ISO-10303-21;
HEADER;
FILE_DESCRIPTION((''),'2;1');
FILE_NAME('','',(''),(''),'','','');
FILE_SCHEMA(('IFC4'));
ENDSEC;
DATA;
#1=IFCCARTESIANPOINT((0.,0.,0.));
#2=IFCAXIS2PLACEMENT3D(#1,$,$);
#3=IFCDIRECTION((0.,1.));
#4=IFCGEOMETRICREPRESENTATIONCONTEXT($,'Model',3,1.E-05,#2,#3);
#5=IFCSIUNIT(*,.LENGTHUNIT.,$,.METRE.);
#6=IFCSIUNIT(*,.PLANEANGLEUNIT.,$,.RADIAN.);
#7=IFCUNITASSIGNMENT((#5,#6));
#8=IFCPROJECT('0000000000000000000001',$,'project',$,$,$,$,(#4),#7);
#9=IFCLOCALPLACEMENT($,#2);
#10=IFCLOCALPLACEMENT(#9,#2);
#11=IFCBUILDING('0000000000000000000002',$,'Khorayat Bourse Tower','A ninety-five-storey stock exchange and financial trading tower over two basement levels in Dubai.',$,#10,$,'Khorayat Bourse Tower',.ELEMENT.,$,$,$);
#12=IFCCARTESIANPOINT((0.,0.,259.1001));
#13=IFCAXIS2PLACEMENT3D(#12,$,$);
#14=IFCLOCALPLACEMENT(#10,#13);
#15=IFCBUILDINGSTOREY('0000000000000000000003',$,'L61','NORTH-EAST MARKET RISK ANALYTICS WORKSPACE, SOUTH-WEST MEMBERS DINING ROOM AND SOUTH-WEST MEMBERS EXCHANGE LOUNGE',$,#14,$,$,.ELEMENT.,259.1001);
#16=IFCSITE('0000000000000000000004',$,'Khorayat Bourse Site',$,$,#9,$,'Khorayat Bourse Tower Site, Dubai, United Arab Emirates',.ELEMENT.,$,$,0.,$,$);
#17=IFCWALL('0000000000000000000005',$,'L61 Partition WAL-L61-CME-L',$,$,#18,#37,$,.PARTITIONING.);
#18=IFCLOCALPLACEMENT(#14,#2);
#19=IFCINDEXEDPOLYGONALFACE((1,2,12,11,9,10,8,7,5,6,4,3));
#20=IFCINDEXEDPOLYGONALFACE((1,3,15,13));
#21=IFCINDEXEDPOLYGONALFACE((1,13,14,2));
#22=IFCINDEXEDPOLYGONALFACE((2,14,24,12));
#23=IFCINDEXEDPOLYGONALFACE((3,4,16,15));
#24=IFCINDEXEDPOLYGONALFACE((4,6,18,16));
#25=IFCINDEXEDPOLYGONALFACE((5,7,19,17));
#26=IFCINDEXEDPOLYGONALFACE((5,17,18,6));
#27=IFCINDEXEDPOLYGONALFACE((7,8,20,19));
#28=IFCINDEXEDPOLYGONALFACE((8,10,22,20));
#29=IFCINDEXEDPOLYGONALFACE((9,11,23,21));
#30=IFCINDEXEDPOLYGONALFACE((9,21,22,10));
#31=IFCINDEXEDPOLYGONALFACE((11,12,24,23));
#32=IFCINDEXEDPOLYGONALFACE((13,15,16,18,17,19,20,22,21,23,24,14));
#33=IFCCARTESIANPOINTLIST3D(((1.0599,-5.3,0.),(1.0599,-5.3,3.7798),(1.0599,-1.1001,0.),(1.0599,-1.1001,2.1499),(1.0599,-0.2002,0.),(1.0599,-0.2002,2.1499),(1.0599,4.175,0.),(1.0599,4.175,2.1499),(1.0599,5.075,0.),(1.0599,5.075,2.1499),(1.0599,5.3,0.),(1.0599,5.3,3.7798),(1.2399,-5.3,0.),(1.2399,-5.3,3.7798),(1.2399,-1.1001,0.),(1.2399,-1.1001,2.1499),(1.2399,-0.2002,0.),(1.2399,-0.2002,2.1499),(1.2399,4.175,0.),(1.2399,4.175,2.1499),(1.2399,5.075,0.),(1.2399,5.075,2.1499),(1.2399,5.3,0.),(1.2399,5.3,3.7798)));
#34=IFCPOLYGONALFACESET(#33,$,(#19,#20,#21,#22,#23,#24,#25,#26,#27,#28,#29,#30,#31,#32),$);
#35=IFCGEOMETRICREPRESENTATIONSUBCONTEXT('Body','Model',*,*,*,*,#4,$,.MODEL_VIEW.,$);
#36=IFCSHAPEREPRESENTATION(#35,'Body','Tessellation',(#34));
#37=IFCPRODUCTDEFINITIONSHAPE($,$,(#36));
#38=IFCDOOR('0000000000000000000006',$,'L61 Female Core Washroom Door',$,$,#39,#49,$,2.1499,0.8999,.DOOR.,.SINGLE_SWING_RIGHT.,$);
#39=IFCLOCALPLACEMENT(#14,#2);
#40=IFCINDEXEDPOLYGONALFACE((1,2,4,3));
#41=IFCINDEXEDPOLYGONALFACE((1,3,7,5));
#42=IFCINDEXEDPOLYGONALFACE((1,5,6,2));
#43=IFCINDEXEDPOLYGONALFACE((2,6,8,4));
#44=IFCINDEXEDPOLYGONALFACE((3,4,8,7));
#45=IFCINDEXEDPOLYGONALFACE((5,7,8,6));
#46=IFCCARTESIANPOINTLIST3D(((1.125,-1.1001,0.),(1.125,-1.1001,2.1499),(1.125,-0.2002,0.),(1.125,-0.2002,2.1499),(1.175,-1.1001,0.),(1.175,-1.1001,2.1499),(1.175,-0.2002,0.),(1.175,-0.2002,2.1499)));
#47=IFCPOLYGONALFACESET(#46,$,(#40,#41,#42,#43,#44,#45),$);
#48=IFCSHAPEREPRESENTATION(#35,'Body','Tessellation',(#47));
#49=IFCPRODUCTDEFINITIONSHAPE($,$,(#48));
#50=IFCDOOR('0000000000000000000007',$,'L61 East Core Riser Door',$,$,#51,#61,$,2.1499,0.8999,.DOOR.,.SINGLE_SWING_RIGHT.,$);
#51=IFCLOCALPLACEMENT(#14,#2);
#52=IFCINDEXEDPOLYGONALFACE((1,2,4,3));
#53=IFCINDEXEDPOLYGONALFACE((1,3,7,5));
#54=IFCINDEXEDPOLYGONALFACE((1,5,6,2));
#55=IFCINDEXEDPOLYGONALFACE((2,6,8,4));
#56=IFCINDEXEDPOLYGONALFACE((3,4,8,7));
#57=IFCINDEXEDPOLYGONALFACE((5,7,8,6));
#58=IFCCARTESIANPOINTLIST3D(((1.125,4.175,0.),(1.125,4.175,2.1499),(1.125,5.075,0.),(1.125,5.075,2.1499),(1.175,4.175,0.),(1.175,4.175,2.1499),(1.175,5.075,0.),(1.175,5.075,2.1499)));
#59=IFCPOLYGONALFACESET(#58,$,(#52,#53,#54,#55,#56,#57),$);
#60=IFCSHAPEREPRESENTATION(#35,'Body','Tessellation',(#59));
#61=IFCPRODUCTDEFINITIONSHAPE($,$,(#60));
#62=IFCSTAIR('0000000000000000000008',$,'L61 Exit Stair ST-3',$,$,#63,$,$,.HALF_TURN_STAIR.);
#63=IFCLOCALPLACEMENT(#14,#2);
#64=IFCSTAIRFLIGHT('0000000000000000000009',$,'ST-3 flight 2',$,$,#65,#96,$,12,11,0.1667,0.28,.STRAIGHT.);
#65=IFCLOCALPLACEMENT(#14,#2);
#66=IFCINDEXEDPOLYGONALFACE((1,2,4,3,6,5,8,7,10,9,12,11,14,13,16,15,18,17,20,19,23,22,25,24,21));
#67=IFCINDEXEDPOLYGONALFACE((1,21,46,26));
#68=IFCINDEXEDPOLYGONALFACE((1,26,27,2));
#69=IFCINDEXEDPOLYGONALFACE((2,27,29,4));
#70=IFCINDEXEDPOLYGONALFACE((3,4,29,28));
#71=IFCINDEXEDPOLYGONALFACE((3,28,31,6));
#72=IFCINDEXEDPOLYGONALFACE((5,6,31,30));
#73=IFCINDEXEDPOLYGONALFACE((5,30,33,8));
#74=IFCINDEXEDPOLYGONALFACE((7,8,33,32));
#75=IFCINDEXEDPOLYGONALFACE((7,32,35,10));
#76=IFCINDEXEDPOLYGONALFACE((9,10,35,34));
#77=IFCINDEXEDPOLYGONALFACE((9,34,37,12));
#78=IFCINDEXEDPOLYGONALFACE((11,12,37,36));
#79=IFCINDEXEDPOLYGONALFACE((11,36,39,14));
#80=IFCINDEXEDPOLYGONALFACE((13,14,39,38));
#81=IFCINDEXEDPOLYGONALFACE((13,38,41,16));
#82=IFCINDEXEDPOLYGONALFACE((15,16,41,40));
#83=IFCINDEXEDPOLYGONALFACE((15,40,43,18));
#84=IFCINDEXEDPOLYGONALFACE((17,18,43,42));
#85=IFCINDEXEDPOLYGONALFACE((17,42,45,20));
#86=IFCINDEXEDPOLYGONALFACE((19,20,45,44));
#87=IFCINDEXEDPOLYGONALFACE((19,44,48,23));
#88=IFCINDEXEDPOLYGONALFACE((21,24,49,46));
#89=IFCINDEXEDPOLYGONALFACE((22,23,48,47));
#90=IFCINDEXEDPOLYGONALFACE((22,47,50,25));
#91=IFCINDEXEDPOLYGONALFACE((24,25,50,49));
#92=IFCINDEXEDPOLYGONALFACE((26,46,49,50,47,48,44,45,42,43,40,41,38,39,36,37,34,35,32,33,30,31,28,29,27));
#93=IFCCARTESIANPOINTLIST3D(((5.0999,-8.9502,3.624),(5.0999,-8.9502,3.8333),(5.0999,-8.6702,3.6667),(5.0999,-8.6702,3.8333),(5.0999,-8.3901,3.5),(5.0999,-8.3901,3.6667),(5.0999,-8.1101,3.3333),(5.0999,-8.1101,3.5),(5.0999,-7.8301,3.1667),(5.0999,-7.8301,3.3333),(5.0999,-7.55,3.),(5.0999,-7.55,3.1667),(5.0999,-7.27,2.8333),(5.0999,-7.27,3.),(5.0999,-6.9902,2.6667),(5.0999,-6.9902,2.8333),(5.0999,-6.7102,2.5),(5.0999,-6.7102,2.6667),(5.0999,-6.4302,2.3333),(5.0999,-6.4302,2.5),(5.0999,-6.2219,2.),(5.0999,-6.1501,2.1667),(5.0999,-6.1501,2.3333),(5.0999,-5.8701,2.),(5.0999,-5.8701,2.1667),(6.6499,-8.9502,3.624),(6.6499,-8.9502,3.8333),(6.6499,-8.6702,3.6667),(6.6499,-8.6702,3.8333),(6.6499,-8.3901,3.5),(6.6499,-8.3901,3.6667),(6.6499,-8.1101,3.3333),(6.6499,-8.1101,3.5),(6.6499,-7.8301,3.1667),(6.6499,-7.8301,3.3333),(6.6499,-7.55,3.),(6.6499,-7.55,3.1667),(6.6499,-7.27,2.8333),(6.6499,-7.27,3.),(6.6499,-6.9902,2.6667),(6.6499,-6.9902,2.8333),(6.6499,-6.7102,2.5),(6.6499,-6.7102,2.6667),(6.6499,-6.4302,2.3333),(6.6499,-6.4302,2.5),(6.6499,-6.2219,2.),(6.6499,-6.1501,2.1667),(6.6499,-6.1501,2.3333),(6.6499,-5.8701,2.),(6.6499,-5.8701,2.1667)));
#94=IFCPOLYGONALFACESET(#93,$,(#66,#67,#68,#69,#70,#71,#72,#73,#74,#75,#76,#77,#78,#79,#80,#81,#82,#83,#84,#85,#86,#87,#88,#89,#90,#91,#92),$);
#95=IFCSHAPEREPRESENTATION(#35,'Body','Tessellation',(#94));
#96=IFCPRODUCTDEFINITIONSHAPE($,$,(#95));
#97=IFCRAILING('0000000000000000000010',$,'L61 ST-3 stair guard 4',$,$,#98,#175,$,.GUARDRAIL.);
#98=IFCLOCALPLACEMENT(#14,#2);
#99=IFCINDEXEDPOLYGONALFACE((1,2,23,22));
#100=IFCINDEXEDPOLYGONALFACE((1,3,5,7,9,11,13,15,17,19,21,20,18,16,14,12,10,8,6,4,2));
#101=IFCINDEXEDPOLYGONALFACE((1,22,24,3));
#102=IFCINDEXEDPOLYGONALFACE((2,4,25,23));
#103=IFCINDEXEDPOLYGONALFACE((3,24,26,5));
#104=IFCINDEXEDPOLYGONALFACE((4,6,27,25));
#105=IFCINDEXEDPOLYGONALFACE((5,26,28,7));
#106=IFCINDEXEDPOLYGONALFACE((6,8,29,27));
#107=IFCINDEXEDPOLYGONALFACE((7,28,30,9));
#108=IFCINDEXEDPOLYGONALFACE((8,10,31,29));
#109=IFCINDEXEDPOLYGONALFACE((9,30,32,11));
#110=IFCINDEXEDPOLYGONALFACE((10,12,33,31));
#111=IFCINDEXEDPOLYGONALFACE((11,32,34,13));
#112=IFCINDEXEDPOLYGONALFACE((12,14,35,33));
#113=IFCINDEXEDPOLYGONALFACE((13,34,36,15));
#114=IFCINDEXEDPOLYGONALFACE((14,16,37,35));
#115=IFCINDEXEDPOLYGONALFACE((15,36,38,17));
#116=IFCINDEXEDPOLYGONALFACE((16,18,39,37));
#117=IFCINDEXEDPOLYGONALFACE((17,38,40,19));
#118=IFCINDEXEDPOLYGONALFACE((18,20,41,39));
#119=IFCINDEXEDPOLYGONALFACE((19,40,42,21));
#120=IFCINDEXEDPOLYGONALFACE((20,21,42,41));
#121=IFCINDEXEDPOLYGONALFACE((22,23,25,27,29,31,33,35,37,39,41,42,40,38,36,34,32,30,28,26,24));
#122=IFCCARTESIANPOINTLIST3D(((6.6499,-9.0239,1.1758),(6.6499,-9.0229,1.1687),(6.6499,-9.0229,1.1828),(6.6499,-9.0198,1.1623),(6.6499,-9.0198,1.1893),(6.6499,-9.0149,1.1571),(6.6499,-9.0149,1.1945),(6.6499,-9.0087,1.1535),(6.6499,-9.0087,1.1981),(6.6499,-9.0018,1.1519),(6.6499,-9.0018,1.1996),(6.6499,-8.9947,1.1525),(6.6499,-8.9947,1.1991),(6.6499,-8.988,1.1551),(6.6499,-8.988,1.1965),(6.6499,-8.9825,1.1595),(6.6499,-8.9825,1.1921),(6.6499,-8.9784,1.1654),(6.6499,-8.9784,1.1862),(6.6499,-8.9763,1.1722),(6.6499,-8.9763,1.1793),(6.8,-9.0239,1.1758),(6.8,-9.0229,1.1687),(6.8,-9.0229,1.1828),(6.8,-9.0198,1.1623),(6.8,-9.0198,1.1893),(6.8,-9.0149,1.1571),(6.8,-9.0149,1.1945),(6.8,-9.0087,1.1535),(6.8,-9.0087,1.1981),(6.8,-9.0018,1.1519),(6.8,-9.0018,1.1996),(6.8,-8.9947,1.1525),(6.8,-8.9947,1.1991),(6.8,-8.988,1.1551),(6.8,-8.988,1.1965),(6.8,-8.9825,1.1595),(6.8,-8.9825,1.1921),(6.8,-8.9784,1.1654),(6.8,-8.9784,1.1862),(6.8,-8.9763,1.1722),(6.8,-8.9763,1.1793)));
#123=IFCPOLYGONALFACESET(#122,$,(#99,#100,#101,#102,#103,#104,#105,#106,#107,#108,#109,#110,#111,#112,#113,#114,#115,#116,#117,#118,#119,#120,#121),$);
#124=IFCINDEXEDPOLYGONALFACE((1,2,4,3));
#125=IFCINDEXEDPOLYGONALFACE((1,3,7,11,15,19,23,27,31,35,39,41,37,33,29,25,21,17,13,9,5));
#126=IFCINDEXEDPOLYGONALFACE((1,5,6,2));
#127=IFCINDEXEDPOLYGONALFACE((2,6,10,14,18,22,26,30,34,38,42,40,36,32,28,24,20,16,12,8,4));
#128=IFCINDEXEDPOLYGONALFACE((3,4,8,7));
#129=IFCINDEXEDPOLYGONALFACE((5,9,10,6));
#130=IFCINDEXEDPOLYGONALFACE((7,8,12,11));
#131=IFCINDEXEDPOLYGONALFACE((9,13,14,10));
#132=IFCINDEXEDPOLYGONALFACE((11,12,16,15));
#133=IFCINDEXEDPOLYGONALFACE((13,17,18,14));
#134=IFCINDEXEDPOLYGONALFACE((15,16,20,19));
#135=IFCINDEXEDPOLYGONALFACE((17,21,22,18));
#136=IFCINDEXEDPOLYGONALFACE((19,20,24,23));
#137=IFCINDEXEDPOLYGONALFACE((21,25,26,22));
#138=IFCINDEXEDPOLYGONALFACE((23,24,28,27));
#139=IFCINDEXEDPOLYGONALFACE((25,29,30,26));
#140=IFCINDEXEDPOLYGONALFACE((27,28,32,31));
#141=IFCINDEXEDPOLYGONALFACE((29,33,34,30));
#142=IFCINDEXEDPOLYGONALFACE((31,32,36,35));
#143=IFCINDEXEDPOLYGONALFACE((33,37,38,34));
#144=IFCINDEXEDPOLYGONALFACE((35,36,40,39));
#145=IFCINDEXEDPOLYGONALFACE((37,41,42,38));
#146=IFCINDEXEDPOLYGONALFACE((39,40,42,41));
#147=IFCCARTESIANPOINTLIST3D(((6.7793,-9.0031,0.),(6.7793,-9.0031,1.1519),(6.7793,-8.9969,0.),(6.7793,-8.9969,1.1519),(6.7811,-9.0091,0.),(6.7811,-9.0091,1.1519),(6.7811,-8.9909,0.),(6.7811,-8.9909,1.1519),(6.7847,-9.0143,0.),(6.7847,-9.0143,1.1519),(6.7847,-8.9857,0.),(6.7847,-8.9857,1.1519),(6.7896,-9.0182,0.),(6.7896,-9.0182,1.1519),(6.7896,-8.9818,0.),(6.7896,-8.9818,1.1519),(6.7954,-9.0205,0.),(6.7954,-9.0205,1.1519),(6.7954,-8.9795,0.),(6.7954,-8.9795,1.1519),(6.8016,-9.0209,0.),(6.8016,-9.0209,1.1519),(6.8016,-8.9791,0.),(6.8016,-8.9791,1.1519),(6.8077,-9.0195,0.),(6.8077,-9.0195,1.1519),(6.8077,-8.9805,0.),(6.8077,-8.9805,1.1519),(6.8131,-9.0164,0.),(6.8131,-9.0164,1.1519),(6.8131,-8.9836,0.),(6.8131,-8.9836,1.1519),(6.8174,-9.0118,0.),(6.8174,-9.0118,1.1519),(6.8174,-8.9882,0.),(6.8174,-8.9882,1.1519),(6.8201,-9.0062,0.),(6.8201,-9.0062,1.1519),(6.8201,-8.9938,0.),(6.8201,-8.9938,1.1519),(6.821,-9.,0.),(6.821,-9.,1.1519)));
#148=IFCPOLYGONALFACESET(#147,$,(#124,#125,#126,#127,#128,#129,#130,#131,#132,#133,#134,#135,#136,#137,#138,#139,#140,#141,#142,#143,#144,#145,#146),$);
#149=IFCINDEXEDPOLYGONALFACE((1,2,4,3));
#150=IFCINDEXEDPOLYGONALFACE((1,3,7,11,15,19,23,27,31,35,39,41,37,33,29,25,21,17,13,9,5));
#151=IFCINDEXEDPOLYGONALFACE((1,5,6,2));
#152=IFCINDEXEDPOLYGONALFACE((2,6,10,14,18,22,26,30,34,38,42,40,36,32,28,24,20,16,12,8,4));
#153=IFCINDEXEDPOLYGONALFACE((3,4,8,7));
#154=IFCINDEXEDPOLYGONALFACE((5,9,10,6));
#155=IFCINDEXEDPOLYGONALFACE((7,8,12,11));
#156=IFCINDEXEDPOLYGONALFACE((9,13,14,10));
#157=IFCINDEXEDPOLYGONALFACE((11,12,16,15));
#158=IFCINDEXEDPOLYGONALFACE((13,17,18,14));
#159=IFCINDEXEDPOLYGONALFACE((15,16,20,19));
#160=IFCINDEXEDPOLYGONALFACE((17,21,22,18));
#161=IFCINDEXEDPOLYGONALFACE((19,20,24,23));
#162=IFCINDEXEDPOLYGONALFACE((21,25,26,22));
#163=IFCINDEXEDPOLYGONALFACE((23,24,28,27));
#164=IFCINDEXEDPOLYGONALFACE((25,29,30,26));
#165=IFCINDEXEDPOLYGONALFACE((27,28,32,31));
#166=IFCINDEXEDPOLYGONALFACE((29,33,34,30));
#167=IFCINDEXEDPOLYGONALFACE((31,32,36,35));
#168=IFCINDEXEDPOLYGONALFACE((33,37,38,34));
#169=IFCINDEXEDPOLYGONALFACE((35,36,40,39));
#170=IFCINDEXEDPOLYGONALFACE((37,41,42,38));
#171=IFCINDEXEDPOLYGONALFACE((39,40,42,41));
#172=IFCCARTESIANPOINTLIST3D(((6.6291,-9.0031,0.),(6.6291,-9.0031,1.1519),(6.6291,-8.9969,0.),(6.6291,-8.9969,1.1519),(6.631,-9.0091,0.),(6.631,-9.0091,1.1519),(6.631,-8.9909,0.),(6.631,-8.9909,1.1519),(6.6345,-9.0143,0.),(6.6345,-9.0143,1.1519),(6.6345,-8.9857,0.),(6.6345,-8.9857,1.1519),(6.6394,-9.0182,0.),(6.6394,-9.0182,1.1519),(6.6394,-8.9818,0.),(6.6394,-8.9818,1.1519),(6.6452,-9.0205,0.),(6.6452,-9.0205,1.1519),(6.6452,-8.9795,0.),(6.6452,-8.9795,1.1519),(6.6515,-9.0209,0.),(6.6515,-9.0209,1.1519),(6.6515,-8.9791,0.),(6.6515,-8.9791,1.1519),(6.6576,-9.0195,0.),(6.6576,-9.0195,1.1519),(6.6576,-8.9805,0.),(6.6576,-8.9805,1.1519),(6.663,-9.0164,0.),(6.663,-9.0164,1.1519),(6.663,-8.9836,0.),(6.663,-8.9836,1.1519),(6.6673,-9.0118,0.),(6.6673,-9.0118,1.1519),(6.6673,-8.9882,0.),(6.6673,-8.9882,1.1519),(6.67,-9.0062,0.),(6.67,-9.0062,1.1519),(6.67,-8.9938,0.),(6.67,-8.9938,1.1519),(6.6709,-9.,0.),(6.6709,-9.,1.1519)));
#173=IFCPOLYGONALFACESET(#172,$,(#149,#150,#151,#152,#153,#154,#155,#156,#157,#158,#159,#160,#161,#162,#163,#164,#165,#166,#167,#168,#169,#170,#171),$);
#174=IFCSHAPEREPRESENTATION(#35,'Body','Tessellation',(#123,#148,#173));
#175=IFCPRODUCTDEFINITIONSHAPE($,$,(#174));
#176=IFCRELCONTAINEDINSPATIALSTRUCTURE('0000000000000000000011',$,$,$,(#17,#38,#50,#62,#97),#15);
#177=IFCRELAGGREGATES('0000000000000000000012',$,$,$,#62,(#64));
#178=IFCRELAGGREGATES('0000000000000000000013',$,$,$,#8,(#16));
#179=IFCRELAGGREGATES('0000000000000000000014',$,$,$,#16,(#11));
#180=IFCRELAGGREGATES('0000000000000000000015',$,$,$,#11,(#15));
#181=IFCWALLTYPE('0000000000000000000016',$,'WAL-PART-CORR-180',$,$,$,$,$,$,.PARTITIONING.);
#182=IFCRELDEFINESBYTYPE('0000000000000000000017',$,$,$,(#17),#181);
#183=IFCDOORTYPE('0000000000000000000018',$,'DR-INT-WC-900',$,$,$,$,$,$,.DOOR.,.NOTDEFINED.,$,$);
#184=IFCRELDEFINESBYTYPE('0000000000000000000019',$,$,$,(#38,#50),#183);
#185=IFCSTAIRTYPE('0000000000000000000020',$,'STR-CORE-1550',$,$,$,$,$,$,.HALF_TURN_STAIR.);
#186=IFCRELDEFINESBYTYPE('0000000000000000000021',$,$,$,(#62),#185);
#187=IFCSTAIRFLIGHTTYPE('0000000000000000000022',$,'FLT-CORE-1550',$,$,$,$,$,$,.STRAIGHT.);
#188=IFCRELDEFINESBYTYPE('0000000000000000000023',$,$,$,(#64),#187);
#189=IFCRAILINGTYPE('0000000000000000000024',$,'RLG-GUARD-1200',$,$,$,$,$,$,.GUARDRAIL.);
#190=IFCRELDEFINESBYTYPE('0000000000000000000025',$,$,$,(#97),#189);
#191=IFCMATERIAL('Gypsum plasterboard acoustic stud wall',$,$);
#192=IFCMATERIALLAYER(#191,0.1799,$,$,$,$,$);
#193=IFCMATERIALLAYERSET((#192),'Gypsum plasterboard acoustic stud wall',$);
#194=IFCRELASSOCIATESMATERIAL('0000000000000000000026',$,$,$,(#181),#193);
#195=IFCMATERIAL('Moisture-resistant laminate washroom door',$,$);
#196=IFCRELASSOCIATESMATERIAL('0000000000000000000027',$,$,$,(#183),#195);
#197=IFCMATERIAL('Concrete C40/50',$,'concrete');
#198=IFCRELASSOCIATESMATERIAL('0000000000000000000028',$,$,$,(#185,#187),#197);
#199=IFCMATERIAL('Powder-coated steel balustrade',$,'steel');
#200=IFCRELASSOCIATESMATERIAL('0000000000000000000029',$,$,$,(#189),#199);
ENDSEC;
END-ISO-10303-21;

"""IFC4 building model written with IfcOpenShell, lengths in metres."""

from ifc_helpers import new_model, si_unit, direction, frame, frame_2d, origin, origin_2d, place, context, subcontext, project, spatial, polyline, rectangle, circle, outline, extrude, source, transform, mapped, material, layer, layer_set, type_object, element, fill, aggregate, save


model = new_model("IFC4")

# Units and contexts
model_context = context("Model", 3, precision=1e-05, world=origin(), true_north=direction((0.0, 1.0)))
body_context = subcontext(model_context, "Body", "Model", "MODEL_VIEW")
ifc_project = project(units=[si_unit("LENGTHUNIT", "METRE"), si_unit("PLANEANGLEUNIT", "RADIAN")], contexts=[model_context])

# Site, building, storey
site_placement = place(None, origin())
site = spatial("IfcSite", under=ifc_project, at=site_placement, Name="Khorayat Bourse Site", LongName="Khorayat Bourse Tower Site, Dubai, United Arab Emirates", CompositionType="ELEMENT", RefElevation=0.0)
building_placement = place(site_placement, origin())
building = spatial("IfcBuilding", under=site, at=building_placement, Name="Khorayat Bourse Tower", Description="A ninety-five-storey stock exchange and financial trading tower over two basement levels in Dubai.", LongName="Khorayat Bourse Tower", CompositionType="ELEMENT")
storey_placement = place(building_placement, frame((0.0, 0.0, 259.1001)))
storey = spatial("IfcBuildingStorey", under=building, at=storey_placement, Name="L61", Description="NORTH-EAST MARKET RISK ANALYTICS WORKSPACE, SOUTH-WEST MEMBERS DINING ROOM AND SOUTH-WEST MEMBERS EXCHANGE LOUNGE", CompositionType="ELEMENT", Elevation=259.1001)

# Shared definitions
ifc_material_1 = material(Name="Gypsum plasterboard acoustic stud wall")
ifc_layer_1 = layer(ifc_material_1, 0.1799)
ifc_layer_set_1 = layer_set([ifc_layer_1], Name="Gypsum plasterboard acoustic stud wall")
wall_type_1 = type_object("IfcWallType", Name="WAL-PART-CORR-180", PredefinedType="PARTITIONING", material=ifc_layer_set_1)
shared_shape_1 = source(origin(), body_context, "Body", "SweptSolid", [
    extrude(rectangle(XDim=0.8999, YDim=2.1499, at=frame_2d((0.45, 1.075))), frame((0.0, 0.0999, 0.0), z_axis=(0.0, -1.0, 0.0), x_axis=(1.0, 0.0, 0.0)), (0.0, 0.0, 1.0), 0.2),
])
ifc_material_2 = material(Name="Moisture-resistant laminate washroom door")
door_type = type_object("IfcDoorType", Name="DR-INT-WC-900", OperationType="NOTDEFINED", PredefinedType="DOOR", material=ifc_material_2)
shared_shape_2 = source(origin(), body_context, "Body", "SweptSolid", [
    extrude(rectangle(XDim=0.8999, YDim=2.1499, at=frame_2d((0.45, 1.075))), frame((0.0, 0.0249, 0.0), z_axis=(0.0, -1.0, 0.0), x_axis=(1.0, 0.0, 0.0)), (0.0, 0.0, 1.0), 0.05),
])

# Wall, openings, doors
shared_shape_3 = source(origin(), body_context, "Body", "SweptSolid", [
    extrude(rectangle(XDim=10.6001, YDim=0.1799, at=frame_2d((5.3, 0.0))), origin(), (0.0, 0.0, 1.0), 3.7798),
])
wall_1_placement = place(storey_placement, frame((1.1499, -5.3, 0.0), z_axis=(0.0, 0.0, 1.0), x_axis=(0.0, 1.0, 0.0)))
wall_1 = element("IfcWall", 1, at=wall_1_placement, inside=storey, type_object=wall_type_1, Name="L61 Partition WAL-L61-CME-L", PredefinedType="PARTITIONING", context=body_context, shape_type="MappedRepresentation", body=[
    mapped(shared_shape_3, transform((0.0, 0.0, 0.0), scale=1.0)),
])
opening_1_placement = place(wall_1_placement, frame((4.2, 0.0, 0.0)))
opening_1 = element("IfcOpeningElement", 2, at=opening_1_placement, cuts=wall_1, PredefinedType="OPENING", context=body_context, shape_type="MappedRepresentation", body=[
    mapped(shared_shape_1, transform((0.0, 0.0, 0.0), scale=1.0)),
])
opening_2_placement = place(wall_1_placement, frame((9.4751, 0.0, 0.0)))
opening_2 = element("IfcOpeningElement", 3, at=opening_2_placement, cuts=wall_1, PredefinedType="OPENING", context=body_context, shape_type="MappedRepresentation", body=[
    mapped(shared_shape_1, transform((0.0, 0.0, 0.0), scale=1.0)),
])
door_1_placement = place(opening_1_placement, origin())
door_1 = element("IfcDoor", 4, at=door_1_placement, inside=storey, type_object=door_type, Name="L61 Female Core Washroom Door", OperationType="SINGLE_SWING_RIGHT", OverallHeight=2.1499, OverallWidth=0.8999, PredefinedType="DOOR", context=body_context, shape_type="MappedRepresentation", body=[
    mapped(shared_shape_2, transform((0.0, 0.0, 0.0), scale=1.0)),
])
fill(opening_1, door_1)
door_2_placement = place(opening_2_placement, origin())
door_2 = element("IfcDoor", 5, at=door_2_placement, inside=storey, type_object=door_type, Name="L61 East Core Riser Door", OperationType="SINGLE_SWING_RIGHT", OverallHeight=2.1499, OverallWidth=0.8999, PredefinedType="DOOR", context=body_context, shape_type="MappedRepresentation", body=[
    mapped(shared_shape_2, transform((0.0, 0.0, 0.0), scale=1.0)),
])
fill(opening_2, door_2)

# Stair, stair flight
ifc_material_3 = material(Name="Concrete C40/50", Category="concrete")
stair_type = type_object("IfcStairType", Name="STR-CORE-1550", PredefinedType="HALF_TURN_STAIR", material=ifc_material_3)
stair_placement = place(storey_placement, origin())
stair = element("IfcStair", 6, at=stair_placement, inside=storey, type_object=stair_type, Name="L61 Exit Stair ST-3", PredefinedType="HALF_TURN_STAIR")
stair_flight_type = type_object("IfcStairFlightType", Name="FLT-CORE-1550", PredefinedType="STRAIGHT", material=ifc_material_3)
shared_shape_4 = source(origin(), body_context, "Body", "SweptSolid", [
    extrude(outline(polyline([(0.0, 0.0), (0.0, 0.1667), (0.28, 0.1667), (0.28, 0.3333), (0.5601, 0.3333), (0.5601, 0.5), (0.8401, 0.5), (0.8401, 0.6667), (1.1201, 0.6667), (1.1201, 0.8333), (1.3999, 0.8333), (1.3999, 1.0), (1.6799, 1.0), (1.6799, 1.1667), (1.96, 1.1667), (1.96, 1.3333), (2.24, 1.3333), (2.24, 1.5), (2.52, 1.5), (2.52, 1.6667), (2.8, 1.6667), (2.8, 1.8333), (3.0801, 1.8333), (3.0801, 2.0), (3.0801, 1.624), (0.3518, 0.0), (0.0, 0.0)])), frame((0.0, 0.7749, 0.0), z_axis=(0.0, -1.0, 0.0), x_axis=(1.0, 0.0, 0.0)), (0.0, 0.0, 1.0), 1.55),
])
stair_flight_placement = place(storey_placement, frame((5.875, -5.8701, 2.0), z_axis=(0.0, 0.0, 1.0), x_axis=(0.0, -1.0, 0.0)))
stair_flight = element("IfcStairFlight", 7, at=stair_flight_placement, type_object=stair_flight_type, Name="ST-3 flight 2", NumberOfRisers=12, NumberOfTreads=11, PredefinedType="STRAIGHT", RiserHeight=0.1667, TreadLength=0.28, context=body_context, shape_type="MappedRepresentation", body=[
    mapped(shared_shape_4, transform((0.0, 0.0, 0.0), scale=1.0)),
])
aggregate(stair, [stair_flight])

# Railing
ifc_material_4 = material(Name="Powder-coated steel balustrade", Category="steel")
railing_type_1 = type_object("IfcRailingType", Name="RLG-GUARD-1200", PredefinedType="GUARDRAIL", material=ifc_material_4)
shared_shape_5 = source(origin(), body_context, "Body", "SweptSolid", [
    extrude(circle(Radius=0.0239, at=origin_2d()), frame((0.0, 0.0, 1.1758), z_axis=(-1.0, 0.0, 0.0), x_axis=(0.0, -1.0, 0.0)), (0.0, 0.0, 1.0), 0.1501),
    extrude(circle(Radius=0.021, at=origin_2d()), origin(), (0.0, 0.0, 1.0), 1.1519),
    extrude(circle(Radius=0.021, at=origin_2d()), frame((-0.1501, 0.0, 0.0)), (0.0, 0.0, 1.0), 1.1519),
])
railing_1_placement = place(storey_placement, frame((6.8, -9.0, 0.0)))
element("IfcRailing", 8, at=railing_1_placement, inside=storey, type_object=railing_type_1, Name="L61 ST-3 stair guard 4", PredefinedType="GUARDRAIL", context=body_context, shape_type="MappedRepresentation", body=[
    mapped(shared_shape_5, transform((0.0, 0.0, 0.0), scale=1.0)),
])

save(model, "model.ifc")
